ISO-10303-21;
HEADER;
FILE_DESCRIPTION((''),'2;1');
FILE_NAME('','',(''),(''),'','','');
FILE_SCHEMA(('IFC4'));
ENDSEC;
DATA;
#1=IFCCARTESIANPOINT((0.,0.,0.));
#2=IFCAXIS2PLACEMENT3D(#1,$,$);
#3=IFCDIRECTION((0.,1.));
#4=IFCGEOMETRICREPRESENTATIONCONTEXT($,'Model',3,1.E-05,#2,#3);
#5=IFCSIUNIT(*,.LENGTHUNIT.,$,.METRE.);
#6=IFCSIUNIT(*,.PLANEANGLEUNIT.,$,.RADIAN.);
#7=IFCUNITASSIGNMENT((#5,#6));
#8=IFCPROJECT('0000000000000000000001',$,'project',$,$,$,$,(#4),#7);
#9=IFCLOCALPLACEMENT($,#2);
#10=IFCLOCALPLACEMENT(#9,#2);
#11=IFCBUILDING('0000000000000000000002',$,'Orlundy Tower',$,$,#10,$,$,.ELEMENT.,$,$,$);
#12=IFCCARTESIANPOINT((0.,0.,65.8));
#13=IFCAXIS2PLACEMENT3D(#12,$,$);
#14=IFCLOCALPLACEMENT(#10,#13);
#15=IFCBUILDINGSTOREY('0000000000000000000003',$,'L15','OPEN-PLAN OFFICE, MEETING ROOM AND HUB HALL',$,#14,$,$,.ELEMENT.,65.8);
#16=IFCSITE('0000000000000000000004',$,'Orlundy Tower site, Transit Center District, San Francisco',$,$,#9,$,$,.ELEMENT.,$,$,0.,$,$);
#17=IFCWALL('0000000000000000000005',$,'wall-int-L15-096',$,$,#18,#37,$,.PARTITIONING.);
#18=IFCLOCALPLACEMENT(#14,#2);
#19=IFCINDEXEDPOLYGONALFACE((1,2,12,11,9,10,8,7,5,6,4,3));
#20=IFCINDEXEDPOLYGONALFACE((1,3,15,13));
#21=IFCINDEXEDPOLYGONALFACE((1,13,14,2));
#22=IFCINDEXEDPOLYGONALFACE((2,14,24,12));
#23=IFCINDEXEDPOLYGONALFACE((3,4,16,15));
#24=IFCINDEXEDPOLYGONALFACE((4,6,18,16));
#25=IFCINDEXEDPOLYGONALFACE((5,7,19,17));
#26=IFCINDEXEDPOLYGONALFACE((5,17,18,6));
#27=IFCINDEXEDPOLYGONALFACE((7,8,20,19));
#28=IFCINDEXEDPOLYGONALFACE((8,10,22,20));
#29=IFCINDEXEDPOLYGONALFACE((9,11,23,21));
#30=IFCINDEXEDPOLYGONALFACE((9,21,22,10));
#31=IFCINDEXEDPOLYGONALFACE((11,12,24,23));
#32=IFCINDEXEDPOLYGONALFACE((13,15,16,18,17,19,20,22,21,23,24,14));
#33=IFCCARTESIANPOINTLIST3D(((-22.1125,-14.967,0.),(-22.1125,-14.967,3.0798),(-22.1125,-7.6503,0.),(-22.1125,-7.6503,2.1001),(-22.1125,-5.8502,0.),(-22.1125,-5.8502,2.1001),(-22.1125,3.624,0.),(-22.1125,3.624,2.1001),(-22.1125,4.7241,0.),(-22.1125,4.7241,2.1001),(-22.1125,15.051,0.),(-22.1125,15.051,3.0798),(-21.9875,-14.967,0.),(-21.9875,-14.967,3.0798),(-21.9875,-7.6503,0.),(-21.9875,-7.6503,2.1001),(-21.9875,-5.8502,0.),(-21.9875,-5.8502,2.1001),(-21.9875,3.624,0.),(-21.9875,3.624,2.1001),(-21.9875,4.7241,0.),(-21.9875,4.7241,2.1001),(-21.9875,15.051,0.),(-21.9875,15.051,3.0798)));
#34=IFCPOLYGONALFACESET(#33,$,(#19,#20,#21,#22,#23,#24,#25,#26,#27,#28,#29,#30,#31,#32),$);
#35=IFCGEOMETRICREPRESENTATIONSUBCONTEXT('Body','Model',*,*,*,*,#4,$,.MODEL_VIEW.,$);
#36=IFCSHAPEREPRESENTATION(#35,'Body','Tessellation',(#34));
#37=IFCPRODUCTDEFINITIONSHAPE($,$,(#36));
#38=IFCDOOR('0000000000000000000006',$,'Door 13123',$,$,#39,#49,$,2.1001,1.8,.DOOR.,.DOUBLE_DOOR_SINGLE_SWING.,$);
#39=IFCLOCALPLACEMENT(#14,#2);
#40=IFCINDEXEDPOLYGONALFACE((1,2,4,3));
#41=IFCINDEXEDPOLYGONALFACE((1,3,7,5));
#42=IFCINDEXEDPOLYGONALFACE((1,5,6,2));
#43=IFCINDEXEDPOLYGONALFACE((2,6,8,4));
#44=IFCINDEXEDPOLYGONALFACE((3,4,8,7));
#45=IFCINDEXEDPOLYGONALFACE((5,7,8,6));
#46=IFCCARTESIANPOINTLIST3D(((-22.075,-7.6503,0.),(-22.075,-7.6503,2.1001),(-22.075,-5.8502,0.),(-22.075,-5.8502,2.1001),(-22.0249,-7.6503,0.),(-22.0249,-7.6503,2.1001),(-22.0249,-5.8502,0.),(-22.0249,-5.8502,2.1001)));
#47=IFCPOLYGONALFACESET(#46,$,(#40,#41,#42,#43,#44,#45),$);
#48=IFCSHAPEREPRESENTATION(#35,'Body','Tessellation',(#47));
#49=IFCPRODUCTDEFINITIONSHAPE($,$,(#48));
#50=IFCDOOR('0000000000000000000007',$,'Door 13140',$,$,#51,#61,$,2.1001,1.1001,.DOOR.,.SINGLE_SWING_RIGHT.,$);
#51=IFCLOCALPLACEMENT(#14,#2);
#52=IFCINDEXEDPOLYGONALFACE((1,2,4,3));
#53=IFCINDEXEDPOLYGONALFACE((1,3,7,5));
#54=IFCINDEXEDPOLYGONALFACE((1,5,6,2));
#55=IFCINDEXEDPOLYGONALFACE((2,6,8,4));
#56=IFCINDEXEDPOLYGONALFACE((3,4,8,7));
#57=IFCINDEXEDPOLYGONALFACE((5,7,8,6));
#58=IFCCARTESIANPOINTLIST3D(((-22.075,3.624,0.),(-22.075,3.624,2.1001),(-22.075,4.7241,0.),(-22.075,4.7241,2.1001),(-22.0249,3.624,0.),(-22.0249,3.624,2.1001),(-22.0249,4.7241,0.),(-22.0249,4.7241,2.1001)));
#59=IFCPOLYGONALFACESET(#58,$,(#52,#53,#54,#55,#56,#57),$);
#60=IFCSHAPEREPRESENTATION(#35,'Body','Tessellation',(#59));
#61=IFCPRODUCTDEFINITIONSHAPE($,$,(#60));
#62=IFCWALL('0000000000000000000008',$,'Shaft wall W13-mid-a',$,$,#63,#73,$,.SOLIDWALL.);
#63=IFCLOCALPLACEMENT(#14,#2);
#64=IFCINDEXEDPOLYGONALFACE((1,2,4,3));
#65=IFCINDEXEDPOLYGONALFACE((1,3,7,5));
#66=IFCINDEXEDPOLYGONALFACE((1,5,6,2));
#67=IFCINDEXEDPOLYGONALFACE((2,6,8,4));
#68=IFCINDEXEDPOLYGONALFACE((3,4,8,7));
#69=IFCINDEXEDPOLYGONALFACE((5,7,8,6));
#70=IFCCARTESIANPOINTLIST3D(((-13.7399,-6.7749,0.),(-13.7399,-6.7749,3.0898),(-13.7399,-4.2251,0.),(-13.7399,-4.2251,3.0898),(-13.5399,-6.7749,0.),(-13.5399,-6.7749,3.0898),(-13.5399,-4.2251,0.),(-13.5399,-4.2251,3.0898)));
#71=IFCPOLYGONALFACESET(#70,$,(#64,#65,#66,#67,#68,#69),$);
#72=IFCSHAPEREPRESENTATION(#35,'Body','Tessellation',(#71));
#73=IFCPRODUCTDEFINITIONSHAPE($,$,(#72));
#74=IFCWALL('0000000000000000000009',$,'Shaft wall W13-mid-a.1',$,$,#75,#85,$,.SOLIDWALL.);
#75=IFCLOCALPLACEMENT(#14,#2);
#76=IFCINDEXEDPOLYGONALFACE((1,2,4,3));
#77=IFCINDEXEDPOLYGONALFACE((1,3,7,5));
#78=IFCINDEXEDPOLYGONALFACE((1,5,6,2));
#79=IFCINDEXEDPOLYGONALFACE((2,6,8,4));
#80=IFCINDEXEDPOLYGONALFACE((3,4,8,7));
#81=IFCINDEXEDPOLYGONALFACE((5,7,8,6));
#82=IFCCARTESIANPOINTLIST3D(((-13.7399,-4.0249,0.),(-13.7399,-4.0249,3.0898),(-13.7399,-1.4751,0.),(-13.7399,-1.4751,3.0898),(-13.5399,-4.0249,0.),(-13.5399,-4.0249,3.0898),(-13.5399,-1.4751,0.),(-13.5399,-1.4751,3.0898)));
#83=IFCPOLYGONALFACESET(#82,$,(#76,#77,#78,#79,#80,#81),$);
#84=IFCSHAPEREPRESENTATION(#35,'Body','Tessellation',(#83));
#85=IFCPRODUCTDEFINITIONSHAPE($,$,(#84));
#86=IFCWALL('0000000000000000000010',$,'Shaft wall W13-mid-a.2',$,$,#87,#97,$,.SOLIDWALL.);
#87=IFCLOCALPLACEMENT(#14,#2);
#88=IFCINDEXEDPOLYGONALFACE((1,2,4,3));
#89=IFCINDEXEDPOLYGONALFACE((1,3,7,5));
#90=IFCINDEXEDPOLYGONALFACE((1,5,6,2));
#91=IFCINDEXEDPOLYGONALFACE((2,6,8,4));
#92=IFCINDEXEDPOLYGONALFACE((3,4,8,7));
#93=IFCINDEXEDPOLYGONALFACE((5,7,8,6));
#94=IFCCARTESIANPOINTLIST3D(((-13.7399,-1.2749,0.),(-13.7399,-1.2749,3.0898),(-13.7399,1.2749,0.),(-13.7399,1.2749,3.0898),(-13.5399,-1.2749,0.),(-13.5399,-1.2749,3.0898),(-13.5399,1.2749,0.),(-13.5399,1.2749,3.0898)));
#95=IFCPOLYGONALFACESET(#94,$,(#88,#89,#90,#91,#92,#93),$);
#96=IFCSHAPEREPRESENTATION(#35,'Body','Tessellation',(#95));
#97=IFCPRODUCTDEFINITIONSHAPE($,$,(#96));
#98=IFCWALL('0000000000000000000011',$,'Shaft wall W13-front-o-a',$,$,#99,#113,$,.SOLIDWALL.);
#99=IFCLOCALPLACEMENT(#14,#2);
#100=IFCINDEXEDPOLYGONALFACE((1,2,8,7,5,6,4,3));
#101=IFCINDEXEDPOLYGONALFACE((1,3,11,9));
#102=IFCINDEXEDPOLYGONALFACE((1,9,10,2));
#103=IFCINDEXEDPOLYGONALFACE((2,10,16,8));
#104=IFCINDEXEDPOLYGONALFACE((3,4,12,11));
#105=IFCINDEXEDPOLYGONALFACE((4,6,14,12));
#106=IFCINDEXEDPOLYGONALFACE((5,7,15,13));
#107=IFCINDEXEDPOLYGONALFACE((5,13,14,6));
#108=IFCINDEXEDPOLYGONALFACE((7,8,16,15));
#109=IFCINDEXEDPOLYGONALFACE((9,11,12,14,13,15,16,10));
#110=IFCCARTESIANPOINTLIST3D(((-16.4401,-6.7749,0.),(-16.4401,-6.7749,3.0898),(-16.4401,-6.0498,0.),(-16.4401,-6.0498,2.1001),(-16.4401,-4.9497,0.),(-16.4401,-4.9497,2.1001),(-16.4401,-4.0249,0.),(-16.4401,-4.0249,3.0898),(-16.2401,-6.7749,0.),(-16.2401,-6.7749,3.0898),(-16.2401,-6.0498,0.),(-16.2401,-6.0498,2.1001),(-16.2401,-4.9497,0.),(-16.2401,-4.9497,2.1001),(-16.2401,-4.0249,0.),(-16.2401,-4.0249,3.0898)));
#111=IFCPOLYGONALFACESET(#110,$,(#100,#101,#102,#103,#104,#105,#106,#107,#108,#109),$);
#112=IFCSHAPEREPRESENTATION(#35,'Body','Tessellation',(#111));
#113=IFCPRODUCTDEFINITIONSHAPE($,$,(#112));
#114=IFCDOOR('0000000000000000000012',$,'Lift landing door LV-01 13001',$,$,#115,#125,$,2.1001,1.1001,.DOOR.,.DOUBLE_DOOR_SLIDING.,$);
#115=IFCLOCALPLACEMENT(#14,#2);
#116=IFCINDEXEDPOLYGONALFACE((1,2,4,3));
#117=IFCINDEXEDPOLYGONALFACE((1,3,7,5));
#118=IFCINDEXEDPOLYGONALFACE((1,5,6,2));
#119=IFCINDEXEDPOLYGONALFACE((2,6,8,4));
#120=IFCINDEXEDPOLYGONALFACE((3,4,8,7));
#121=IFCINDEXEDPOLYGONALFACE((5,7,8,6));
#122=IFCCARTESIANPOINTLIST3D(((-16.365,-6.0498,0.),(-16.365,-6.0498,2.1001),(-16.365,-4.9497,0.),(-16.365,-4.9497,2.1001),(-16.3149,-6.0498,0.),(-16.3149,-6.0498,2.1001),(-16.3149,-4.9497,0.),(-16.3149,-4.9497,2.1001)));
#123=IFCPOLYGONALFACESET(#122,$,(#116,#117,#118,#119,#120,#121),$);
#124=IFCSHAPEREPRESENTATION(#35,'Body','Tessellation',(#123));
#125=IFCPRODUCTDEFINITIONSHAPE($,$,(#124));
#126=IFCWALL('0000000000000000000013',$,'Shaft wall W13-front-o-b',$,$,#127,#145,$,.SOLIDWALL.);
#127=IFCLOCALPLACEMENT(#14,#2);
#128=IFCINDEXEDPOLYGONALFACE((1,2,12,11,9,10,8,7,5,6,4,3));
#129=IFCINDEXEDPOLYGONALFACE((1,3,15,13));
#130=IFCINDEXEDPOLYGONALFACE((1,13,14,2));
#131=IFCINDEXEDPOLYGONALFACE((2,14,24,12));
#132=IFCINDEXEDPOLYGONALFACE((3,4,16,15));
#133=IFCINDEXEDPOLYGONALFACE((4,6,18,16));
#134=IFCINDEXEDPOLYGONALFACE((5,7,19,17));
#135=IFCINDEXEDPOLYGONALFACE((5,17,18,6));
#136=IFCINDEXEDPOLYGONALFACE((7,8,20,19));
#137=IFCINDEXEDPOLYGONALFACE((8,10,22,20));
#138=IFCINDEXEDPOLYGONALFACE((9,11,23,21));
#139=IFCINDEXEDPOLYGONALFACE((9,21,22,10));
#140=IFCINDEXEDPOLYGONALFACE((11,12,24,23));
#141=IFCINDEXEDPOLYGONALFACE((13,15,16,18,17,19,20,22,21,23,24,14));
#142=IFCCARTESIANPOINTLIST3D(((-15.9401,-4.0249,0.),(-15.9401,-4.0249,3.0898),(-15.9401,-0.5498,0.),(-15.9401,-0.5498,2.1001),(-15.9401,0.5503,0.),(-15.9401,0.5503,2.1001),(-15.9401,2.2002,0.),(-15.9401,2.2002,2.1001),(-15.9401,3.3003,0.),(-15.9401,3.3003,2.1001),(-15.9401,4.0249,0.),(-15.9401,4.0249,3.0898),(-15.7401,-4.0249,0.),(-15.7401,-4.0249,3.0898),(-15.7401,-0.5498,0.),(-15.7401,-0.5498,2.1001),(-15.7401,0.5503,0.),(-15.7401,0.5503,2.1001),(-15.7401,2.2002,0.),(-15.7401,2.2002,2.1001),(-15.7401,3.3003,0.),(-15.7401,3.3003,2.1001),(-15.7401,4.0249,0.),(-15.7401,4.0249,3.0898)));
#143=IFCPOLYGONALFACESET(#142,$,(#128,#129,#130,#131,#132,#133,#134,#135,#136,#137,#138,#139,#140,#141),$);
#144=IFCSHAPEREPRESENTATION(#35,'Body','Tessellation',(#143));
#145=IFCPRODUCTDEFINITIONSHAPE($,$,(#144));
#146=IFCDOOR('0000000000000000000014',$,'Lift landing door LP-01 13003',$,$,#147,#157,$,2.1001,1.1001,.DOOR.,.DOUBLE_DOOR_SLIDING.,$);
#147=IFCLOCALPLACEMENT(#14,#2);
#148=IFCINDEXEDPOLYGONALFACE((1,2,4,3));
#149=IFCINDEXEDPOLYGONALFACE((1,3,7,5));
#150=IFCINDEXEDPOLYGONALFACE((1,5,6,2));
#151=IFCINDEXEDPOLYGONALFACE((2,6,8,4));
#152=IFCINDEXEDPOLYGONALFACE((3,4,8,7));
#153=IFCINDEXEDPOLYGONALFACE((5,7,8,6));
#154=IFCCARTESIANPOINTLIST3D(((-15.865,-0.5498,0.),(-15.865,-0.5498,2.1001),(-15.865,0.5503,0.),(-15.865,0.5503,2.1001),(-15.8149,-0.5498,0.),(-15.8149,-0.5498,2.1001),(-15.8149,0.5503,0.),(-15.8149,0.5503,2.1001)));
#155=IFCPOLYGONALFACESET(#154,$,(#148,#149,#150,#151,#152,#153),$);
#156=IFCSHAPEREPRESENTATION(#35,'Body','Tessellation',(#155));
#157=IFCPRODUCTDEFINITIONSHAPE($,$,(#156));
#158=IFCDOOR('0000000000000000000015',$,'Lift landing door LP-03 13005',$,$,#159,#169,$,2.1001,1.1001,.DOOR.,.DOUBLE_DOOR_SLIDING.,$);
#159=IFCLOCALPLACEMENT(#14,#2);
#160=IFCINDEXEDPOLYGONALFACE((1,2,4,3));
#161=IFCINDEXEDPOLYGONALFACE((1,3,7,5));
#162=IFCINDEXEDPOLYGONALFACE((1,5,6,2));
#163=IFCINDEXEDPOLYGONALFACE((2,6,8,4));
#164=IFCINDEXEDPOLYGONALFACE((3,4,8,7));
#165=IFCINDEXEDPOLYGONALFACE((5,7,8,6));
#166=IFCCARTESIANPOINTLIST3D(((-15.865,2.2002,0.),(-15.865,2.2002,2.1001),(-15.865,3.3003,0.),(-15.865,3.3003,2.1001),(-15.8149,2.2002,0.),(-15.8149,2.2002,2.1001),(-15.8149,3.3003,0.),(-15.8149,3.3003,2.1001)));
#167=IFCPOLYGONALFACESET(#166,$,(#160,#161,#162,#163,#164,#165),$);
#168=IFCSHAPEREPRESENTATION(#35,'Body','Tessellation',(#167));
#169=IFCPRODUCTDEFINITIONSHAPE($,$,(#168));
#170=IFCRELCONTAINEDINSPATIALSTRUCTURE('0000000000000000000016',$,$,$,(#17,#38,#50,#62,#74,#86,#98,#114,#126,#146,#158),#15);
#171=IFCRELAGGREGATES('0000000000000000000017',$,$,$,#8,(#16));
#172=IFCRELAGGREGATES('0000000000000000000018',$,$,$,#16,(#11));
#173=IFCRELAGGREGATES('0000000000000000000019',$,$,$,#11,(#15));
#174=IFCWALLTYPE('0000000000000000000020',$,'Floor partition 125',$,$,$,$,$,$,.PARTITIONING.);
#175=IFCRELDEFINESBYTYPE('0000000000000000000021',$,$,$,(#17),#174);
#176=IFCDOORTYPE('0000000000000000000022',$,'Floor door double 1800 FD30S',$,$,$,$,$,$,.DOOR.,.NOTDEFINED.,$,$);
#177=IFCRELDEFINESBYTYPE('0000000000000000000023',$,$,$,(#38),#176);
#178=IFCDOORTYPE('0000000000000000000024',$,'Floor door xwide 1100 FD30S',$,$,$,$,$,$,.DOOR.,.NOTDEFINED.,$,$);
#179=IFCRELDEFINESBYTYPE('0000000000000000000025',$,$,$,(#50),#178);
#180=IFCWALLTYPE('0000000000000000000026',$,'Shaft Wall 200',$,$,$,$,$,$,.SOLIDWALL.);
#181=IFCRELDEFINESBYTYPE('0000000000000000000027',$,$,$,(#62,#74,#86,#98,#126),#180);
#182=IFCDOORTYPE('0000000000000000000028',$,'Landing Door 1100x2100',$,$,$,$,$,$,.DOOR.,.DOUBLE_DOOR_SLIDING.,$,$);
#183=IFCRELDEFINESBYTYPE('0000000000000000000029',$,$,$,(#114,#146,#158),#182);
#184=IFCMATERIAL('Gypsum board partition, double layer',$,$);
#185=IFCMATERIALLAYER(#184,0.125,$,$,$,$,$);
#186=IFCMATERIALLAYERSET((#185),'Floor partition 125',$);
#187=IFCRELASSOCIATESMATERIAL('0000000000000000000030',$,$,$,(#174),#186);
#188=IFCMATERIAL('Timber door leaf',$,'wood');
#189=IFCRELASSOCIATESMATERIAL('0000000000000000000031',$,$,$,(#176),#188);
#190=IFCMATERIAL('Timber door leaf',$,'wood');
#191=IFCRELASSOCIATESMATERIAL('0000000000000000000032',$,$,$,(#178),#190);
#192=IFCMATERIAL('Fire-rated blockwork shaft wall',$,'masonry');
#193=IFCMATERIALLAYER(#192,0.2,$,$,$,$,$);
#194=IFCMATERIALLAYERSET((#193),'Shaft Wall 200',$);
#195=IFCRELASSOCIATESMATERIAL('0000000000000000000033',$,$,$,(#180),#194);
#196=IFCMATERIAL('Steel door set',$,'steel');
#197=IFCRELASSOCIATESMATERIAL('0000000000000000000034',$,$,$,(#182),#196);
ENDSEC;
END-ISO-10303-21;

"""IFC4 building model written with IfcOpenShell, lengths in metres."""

from ifc_helpers import new_model, si_unit, direction, frame, frame_2d, origin, place, context, subcontext, project, spatial, rectangle, extrude, material, layer, layer_set, type_object, element, fill, save


model = new_model("IFC4")

# Units and contexts
model_context = context("Model", 3, precision=1e-05, world=origin(), true_north=direction((0.0, 1.0)))
body_context = subcontext(model_context, "Body", "Model", "MODEL_VIEW")
ifc_project = project(units=[si_unit("LENGTHUNIT", "METRE"), si_unit("PLANEANGLEUNIT", "RADIAN")], contexts=[model_context])

# Site, building, storey
site_placement = place(None, origin())
site = spatial("IfcSite", under=ifc_project, at=site_placement, Name="Orlundy Tower site, Transit Center District, San Francisco", CompositionType="ELEMENT", RefElevation=0.0)
building_placement = place(site_placement, origin())
building = spatial("IfcBuilding", under=site, at=building_placement, Name="Orlundy Tower", CompositionType="ELEMENT")
storey_placement = place(building_placement, frame((0.0, 0.0, 65.8)))
storey = spatial("IfcBuildingStorey", under=building, at=storey_placement, Name="L15", Description="OPEN-PLAN OFFICE, MEETING ROOM AND HUB HALL", CompositionType="ELEMENT", Elevation=65.8)

# Shared definitions
ifc_material_1 = material(Name="Gypsum board partition, double layer")
ifc_layer_1 = layer(ifc_material_1, 0.125)
ifc_layer_set_1 = layer_set([ifc_layer_1], Name="Floor partition 125")
wall_type_1 = type_object("IfcWallType", Name="Floor partition 125", PredefinedType="PARTITIONING", material=ifc_layer_set_1)

# Wall, openings, doors
wall_1_placement = place(storey_placement, frame((-22.05, -14.967, 0.0), z_axis=(0.0, 0.0, 1.0), x_axis=(0.0, 1.0, 0.0)))
wall_1 = element("IfcWall", 1, at=wall_1_placement, inside=storey, type_object=wall_type_1, Name="wall-int-L15-096", PredefinedType="PARTITIONING", context=body_context, shape_type="SweptSolid", body=[
    extrude(rectangle(XDim=30.0181, YDim=0.125, at=frame_2d((15.009, 0.0))), origin(), (0.0, 0.0, 1.0), 3.0798),
])
opening_1_placement = place(wall_1_placement, frame((7.3169, 0.0, 0.0)))
opening_1 = element("IfcOpeningElement", 2, at=opening_1_placement, cuts=wall_1, PredefinedType="OPENING", context=body_context, shape_type="SweptSolid", body=[
    extrude(rectangle(XDim=1.8, YDim=2.1001, at=frame_2d((0.8999, 1.05))), frame((0.0, 0.0725, 0.0), z_axis=(0.0, -1.0, 0.0), x_axis=(1.0, 0.0, 0.0)), (0.0, 0.0, 1.0), 0.145),
])
opening_2_placement = place(wall_1_placement, frame((18.5911, 0.0, 0.0)))
opening_2 = element("IfcOpeningElement", 3, at=opening_2_placement, cuts=wall_1, PredefinedType="OPENING", context=body_context, shape_type="SweptSolid", body=[
    extrude(rectangle(XDim=1.1001, YDim=2.1001, at=frame_2d((0.55, 1.05))), frame((0.0, 0.0725, 0.0), z_axis=(0.0, -1.0, 0.0), x_axis=(1.0, 0.0, 0.0)), (0.0, 0.0, 1.0), 0.145),
])
ifc_material_2 = material(Name="Timber door leaf", Category="wood")
door_type_1 = type_object("IfcDoorType", Name="Floor door double 1800 FD30S", OperationType="NOTDEFINED", PredefinedType="DOOR", material=ifc_material_2)
door_1_placement = place(opening_1_placement, origin())
door_1 = element("IfcDoor", 4, at=door_1_placement, inside=storey, type_object=door_type_1, Name="Door 13123", OperationType="DOUBLE_DOOR_SINGLE_SWING", OverallHeight=2.1001, OverallWidth=1.8, PredefinedType="DOOR", context=body_context, shape_type="SweptSolid", body=[
    extrude(rectangle(XDim=1.8, YDim=2.1001, at=frame_2d((0.8999, 1.05))), frame((0.0, 0.0249, 0.0), z_axis=(0.0, -1.0, 0.0), x_axis=(1.0, 0.0, 0.0)), (0.0, 0.0, 1.0), 0.05),
])
fill(opening_1, door_1)
ifc_material_3 = material(Name="Timber door leaf", Category="wood")
door_type_2 = type_object("IfcDoorType", Name="Floor door xwide 1100 FD30S", OperationType="NOTDEFINED", PredefinedType="DOOR", material=ifc_material_3)
door_2_placement = place(opening_2_placement, origin())
door_2 = element("IfcDoor", 5, at=door_2_placement, inside=storey, type_object=door_type_2, Name="Door 13140", OperationType="SINGLE_SWING_RIGHT", OverallHeight=2.1001, OverallWidth=1.1001, PredefinedType="DOOR", context=body_context, shape_type="SweptSolid", body=[
    extrude(rectangle(XDim=1.1001, YDim=2.1001, at=frame_2d((0.55, 1.05))), frame((0.0, 0.0249, 0.0), z_axis=(0.0, -1.0, 0.0), x_axis=(1.0, 0.0, 0.0)), (0.0, 0.0, 1.0), 0.05),
])
fill(opening_2, door_2)

# Walls
ifc_material_4 = material(Name="Fire-rated blockwork shaft wall", Category="masonry")
ifc_layer_2 = layer(ifc_material_4, 0.2)
ifc_layer_set_2 = layer_set([ifc_layer_2], Name="Shaft Wall 200")
wall_type_2 = type_object("IfcWallType", Name="Shaft Wall 200", PredefinedType="SOLIDWALL", material=ifc_layer_set_2)
for number, where, z_axis, x_axis, name in (
    (6, (-13.6399, -6.7749, 0.0), (0.0, 0.0, 1.0), (0.0, 1.0, 0.0), "Shaft wall W13-mid-a"),
    (7, (-13.6399, -4.0249, 0.0), (0.0, 0.0, 1.0), (0.0, 1.0, 0.0), "Shaft wall W13-mid-a.1"),
    (8, (-13.6399, -1.2749, 0.0), (0.0, 0.0, 1.0), (0.0, 1.0, 0.0), "Shaft wall W13-mid-a.2"),
):
    element("IfcWall", number, at=place(storey_placement, frame(where, z_axis=z_axis, x_axis=x_axis)), inside=storey, type_object=wall_type_2, Name=name, PredefinedType="SOLIDWALL", context=body_context, shape_type="SweptSolid", body=[
        extrude(rectangle(XDim=2.5498, YDim=0.2, at=frame_2d((1.2749, 0.0))), origin(), (0.0, 0.0, 1.0), 3.0898),
    ])

# Wall, opening, door
wall_2_placement = place(storey_placement, frame((-16.3401, -6.7749, 0.0), z_axis=(0.0, 0.0, 1.0), x_axis=(0.0, 1.0, 0.0)))
wall_2 = element("IfcWall", 9, at=wall_2_placement, inside=storey, type_object=wall_type_2, Name="Shaft wall W13-front-o-a", PredefinedType="SOLIDWALL", context=body_context, shape_type="SweptSolid", body=[
    extrude(rectangle(XDim=2.75, YDim=0.2, at=frame_2d((1.375, 0.0))), origin(), (0.0, 0.0, 1.0), 3.0898),
])
opening_3_placement = place(wall_2_placement, frame((0.7251, 0.0, 0.0)))
opening_3 = element("IfcOpeningElement", 10, at=opening_3_placement, cuts=wall_2, PredefinedType="OPENING", context=body_context, shape_type="SweptSolid", body=[
    extrude(rectangle(XDim=1.1001, YDim=2.1001, at=frame_2d((0.55, 1.05))), frame((0.0, 0.1101, 0.0), z_axis=(0.0, -1.0, 0.0), x_axis=(1.0, 0.0, 0.0)), (0.0, 0.0, 1.0), 0.2202),
])
ifc_material_5 = material(Name="Steel door set", Category="steel")
door_type_3 = type_object("IfcDoorType", Name="Landing Door 1100x2100", OperationType="DOUBLE_DOOR_SLIDING", PredefinedType="DOOR", material=ifc_material_5)
door_3_placement = place(opening_3_placement, origin())
door_3 = element("IfcDoor", 11, at=door_3_placement, inside=storey, type_object=door_type_3, Name="Lift landing door LV-01 13001", OperationType="DOUBLE_DOOR_SLIDING", OverallHeight=2.1001, OverallWidth=1.1001, PredefinedType="DOOR", context=body_context, shape_type="SweptSolid", body=[
    extrude(rectangle(XDim=1.1001, YDim=2.1001, at=frame_2d((0.55, 1.05))), frame((0.0, 0.0249, 0.0), z_axis=(0.0, -1.0, 0.0), x_axis=(1.0, 0.0, 0.0)), (0.0, 0.0, 1.0), 0.05),
])
fill(opening_3, door_3)

# Wall, openings, doors
wall_3_placement = place(storey_placement, frame((-15.8401, -4.0249, 0.0), z_axis=(0.0, 0.0, 1.0), x_axis=(0.0, 1.0, 0.0)))
wall_3 = element("IfcWall", 12, at=wall_3_placement, inside=storey, type_object=wall_type_2, Name="Shaft wall W13-front-o-b", PredefinedType="SOLIDWALL", context=body_context, shape_type="SweptSolid", body=[
    extrude(rectangle(XDim=8.0498, YDim=0.2, at=frame_2d((4.0249, 0.0))), origin(), (0.0, 0.0, 1.0), 3.0898),
])
opening_4_placement = place(wall_3_placement, frame((3.4751, 0.0, 0.0)))
opening_4 = element("IfcOpeningElement", 13, at=opening_4_placement, cuts=wall_3, PredefinedType="OPENING", context=body_context, shape_type="SweptSolid", body=[
    extrude(rectangle(XDim=1.1001, YDim=2.1001, at=frame_2d((0.55, 1.05))), frame((0.0, 0.1101, 0.0), z_axis=(0.0, -1.0, 0.0), x_axis=(1.0, 0.0, 0.0)), (0.0, 0.0, 1.0), 0.2202),
])
opening_5_placement = place(wall_3_placement, frame((6.2251, 0.0, 0.0)))
opening_5 = element("IfcOpeningElement", 14, at=opening_5_placement, cuts=wall_3, PredefinedType="OPENING", context=body_context, shape_type="SweptSolid", body=[
    extrude(rectangle(XDim=1.1001, YDim=2.1001, at=frame_2d((0.55, 1.05))), frame((0.0, 0.1101, 0.0), z_axis=(0.0, -1.0, 0.0), x_axis=(1.0, 0.0, 0.0)), (0.0, 0.0, 1.0), 0.2202),
])
door_4_placement = place(opening_4_placement, origin())
door_4 = element("IfcDoor", 15, at=door_4_placement, inside=storey, type_object=door_type_3, Name="Lift landing door LP-01 13003", OperationType="DOUBLE_DOOR_SLIDING", OverallHeight=2.1001, OverallWidth=1.1001, PredefinedType="DOOR", context=body_context, shape_type="SweptSolid", body=[
    extrude(rectangle(XDim=1.1001, YDim=2.1001, at=frame_2d((0.55, 1.05))), frame((0.0, 0.0249, 0.0), z_axis=(0.0, -1.0, 0.0), x_axis=(1.0, 0.0, 0.0)), (0.0, 0.0, 1.0), 0.05),
])
fill(opening_4, door_4)
door_5_placement = place(opening_5_placement, origin())
door_5 = element("IfcDoor", 16, at=door_5_placement, inside=storey, type_object=door_type_3, Name="Lift landing door LP-03 13005", OperationType="DOUBLE_DOOR_SLIDING", OverallHeight=2.1001, OverallWidth=1.1001, PredefinedType="DOOR", context=body_context, shape_type="SweptSolid", body=[
    extrude(rectangle(XDim=1.1001, YDim=2.1001, at=frame_2d((0.55, 1.05))), frame((0.0, 0.0249, 0.0), z_axis=(0.0, -1.0, 0.0), x_axis=(1.0, 0.0, 0.0)), (0.0, 0.0, 1.0), 0.05),
])
fill(opening_5, door_5)

save(model, "model.ifc")
